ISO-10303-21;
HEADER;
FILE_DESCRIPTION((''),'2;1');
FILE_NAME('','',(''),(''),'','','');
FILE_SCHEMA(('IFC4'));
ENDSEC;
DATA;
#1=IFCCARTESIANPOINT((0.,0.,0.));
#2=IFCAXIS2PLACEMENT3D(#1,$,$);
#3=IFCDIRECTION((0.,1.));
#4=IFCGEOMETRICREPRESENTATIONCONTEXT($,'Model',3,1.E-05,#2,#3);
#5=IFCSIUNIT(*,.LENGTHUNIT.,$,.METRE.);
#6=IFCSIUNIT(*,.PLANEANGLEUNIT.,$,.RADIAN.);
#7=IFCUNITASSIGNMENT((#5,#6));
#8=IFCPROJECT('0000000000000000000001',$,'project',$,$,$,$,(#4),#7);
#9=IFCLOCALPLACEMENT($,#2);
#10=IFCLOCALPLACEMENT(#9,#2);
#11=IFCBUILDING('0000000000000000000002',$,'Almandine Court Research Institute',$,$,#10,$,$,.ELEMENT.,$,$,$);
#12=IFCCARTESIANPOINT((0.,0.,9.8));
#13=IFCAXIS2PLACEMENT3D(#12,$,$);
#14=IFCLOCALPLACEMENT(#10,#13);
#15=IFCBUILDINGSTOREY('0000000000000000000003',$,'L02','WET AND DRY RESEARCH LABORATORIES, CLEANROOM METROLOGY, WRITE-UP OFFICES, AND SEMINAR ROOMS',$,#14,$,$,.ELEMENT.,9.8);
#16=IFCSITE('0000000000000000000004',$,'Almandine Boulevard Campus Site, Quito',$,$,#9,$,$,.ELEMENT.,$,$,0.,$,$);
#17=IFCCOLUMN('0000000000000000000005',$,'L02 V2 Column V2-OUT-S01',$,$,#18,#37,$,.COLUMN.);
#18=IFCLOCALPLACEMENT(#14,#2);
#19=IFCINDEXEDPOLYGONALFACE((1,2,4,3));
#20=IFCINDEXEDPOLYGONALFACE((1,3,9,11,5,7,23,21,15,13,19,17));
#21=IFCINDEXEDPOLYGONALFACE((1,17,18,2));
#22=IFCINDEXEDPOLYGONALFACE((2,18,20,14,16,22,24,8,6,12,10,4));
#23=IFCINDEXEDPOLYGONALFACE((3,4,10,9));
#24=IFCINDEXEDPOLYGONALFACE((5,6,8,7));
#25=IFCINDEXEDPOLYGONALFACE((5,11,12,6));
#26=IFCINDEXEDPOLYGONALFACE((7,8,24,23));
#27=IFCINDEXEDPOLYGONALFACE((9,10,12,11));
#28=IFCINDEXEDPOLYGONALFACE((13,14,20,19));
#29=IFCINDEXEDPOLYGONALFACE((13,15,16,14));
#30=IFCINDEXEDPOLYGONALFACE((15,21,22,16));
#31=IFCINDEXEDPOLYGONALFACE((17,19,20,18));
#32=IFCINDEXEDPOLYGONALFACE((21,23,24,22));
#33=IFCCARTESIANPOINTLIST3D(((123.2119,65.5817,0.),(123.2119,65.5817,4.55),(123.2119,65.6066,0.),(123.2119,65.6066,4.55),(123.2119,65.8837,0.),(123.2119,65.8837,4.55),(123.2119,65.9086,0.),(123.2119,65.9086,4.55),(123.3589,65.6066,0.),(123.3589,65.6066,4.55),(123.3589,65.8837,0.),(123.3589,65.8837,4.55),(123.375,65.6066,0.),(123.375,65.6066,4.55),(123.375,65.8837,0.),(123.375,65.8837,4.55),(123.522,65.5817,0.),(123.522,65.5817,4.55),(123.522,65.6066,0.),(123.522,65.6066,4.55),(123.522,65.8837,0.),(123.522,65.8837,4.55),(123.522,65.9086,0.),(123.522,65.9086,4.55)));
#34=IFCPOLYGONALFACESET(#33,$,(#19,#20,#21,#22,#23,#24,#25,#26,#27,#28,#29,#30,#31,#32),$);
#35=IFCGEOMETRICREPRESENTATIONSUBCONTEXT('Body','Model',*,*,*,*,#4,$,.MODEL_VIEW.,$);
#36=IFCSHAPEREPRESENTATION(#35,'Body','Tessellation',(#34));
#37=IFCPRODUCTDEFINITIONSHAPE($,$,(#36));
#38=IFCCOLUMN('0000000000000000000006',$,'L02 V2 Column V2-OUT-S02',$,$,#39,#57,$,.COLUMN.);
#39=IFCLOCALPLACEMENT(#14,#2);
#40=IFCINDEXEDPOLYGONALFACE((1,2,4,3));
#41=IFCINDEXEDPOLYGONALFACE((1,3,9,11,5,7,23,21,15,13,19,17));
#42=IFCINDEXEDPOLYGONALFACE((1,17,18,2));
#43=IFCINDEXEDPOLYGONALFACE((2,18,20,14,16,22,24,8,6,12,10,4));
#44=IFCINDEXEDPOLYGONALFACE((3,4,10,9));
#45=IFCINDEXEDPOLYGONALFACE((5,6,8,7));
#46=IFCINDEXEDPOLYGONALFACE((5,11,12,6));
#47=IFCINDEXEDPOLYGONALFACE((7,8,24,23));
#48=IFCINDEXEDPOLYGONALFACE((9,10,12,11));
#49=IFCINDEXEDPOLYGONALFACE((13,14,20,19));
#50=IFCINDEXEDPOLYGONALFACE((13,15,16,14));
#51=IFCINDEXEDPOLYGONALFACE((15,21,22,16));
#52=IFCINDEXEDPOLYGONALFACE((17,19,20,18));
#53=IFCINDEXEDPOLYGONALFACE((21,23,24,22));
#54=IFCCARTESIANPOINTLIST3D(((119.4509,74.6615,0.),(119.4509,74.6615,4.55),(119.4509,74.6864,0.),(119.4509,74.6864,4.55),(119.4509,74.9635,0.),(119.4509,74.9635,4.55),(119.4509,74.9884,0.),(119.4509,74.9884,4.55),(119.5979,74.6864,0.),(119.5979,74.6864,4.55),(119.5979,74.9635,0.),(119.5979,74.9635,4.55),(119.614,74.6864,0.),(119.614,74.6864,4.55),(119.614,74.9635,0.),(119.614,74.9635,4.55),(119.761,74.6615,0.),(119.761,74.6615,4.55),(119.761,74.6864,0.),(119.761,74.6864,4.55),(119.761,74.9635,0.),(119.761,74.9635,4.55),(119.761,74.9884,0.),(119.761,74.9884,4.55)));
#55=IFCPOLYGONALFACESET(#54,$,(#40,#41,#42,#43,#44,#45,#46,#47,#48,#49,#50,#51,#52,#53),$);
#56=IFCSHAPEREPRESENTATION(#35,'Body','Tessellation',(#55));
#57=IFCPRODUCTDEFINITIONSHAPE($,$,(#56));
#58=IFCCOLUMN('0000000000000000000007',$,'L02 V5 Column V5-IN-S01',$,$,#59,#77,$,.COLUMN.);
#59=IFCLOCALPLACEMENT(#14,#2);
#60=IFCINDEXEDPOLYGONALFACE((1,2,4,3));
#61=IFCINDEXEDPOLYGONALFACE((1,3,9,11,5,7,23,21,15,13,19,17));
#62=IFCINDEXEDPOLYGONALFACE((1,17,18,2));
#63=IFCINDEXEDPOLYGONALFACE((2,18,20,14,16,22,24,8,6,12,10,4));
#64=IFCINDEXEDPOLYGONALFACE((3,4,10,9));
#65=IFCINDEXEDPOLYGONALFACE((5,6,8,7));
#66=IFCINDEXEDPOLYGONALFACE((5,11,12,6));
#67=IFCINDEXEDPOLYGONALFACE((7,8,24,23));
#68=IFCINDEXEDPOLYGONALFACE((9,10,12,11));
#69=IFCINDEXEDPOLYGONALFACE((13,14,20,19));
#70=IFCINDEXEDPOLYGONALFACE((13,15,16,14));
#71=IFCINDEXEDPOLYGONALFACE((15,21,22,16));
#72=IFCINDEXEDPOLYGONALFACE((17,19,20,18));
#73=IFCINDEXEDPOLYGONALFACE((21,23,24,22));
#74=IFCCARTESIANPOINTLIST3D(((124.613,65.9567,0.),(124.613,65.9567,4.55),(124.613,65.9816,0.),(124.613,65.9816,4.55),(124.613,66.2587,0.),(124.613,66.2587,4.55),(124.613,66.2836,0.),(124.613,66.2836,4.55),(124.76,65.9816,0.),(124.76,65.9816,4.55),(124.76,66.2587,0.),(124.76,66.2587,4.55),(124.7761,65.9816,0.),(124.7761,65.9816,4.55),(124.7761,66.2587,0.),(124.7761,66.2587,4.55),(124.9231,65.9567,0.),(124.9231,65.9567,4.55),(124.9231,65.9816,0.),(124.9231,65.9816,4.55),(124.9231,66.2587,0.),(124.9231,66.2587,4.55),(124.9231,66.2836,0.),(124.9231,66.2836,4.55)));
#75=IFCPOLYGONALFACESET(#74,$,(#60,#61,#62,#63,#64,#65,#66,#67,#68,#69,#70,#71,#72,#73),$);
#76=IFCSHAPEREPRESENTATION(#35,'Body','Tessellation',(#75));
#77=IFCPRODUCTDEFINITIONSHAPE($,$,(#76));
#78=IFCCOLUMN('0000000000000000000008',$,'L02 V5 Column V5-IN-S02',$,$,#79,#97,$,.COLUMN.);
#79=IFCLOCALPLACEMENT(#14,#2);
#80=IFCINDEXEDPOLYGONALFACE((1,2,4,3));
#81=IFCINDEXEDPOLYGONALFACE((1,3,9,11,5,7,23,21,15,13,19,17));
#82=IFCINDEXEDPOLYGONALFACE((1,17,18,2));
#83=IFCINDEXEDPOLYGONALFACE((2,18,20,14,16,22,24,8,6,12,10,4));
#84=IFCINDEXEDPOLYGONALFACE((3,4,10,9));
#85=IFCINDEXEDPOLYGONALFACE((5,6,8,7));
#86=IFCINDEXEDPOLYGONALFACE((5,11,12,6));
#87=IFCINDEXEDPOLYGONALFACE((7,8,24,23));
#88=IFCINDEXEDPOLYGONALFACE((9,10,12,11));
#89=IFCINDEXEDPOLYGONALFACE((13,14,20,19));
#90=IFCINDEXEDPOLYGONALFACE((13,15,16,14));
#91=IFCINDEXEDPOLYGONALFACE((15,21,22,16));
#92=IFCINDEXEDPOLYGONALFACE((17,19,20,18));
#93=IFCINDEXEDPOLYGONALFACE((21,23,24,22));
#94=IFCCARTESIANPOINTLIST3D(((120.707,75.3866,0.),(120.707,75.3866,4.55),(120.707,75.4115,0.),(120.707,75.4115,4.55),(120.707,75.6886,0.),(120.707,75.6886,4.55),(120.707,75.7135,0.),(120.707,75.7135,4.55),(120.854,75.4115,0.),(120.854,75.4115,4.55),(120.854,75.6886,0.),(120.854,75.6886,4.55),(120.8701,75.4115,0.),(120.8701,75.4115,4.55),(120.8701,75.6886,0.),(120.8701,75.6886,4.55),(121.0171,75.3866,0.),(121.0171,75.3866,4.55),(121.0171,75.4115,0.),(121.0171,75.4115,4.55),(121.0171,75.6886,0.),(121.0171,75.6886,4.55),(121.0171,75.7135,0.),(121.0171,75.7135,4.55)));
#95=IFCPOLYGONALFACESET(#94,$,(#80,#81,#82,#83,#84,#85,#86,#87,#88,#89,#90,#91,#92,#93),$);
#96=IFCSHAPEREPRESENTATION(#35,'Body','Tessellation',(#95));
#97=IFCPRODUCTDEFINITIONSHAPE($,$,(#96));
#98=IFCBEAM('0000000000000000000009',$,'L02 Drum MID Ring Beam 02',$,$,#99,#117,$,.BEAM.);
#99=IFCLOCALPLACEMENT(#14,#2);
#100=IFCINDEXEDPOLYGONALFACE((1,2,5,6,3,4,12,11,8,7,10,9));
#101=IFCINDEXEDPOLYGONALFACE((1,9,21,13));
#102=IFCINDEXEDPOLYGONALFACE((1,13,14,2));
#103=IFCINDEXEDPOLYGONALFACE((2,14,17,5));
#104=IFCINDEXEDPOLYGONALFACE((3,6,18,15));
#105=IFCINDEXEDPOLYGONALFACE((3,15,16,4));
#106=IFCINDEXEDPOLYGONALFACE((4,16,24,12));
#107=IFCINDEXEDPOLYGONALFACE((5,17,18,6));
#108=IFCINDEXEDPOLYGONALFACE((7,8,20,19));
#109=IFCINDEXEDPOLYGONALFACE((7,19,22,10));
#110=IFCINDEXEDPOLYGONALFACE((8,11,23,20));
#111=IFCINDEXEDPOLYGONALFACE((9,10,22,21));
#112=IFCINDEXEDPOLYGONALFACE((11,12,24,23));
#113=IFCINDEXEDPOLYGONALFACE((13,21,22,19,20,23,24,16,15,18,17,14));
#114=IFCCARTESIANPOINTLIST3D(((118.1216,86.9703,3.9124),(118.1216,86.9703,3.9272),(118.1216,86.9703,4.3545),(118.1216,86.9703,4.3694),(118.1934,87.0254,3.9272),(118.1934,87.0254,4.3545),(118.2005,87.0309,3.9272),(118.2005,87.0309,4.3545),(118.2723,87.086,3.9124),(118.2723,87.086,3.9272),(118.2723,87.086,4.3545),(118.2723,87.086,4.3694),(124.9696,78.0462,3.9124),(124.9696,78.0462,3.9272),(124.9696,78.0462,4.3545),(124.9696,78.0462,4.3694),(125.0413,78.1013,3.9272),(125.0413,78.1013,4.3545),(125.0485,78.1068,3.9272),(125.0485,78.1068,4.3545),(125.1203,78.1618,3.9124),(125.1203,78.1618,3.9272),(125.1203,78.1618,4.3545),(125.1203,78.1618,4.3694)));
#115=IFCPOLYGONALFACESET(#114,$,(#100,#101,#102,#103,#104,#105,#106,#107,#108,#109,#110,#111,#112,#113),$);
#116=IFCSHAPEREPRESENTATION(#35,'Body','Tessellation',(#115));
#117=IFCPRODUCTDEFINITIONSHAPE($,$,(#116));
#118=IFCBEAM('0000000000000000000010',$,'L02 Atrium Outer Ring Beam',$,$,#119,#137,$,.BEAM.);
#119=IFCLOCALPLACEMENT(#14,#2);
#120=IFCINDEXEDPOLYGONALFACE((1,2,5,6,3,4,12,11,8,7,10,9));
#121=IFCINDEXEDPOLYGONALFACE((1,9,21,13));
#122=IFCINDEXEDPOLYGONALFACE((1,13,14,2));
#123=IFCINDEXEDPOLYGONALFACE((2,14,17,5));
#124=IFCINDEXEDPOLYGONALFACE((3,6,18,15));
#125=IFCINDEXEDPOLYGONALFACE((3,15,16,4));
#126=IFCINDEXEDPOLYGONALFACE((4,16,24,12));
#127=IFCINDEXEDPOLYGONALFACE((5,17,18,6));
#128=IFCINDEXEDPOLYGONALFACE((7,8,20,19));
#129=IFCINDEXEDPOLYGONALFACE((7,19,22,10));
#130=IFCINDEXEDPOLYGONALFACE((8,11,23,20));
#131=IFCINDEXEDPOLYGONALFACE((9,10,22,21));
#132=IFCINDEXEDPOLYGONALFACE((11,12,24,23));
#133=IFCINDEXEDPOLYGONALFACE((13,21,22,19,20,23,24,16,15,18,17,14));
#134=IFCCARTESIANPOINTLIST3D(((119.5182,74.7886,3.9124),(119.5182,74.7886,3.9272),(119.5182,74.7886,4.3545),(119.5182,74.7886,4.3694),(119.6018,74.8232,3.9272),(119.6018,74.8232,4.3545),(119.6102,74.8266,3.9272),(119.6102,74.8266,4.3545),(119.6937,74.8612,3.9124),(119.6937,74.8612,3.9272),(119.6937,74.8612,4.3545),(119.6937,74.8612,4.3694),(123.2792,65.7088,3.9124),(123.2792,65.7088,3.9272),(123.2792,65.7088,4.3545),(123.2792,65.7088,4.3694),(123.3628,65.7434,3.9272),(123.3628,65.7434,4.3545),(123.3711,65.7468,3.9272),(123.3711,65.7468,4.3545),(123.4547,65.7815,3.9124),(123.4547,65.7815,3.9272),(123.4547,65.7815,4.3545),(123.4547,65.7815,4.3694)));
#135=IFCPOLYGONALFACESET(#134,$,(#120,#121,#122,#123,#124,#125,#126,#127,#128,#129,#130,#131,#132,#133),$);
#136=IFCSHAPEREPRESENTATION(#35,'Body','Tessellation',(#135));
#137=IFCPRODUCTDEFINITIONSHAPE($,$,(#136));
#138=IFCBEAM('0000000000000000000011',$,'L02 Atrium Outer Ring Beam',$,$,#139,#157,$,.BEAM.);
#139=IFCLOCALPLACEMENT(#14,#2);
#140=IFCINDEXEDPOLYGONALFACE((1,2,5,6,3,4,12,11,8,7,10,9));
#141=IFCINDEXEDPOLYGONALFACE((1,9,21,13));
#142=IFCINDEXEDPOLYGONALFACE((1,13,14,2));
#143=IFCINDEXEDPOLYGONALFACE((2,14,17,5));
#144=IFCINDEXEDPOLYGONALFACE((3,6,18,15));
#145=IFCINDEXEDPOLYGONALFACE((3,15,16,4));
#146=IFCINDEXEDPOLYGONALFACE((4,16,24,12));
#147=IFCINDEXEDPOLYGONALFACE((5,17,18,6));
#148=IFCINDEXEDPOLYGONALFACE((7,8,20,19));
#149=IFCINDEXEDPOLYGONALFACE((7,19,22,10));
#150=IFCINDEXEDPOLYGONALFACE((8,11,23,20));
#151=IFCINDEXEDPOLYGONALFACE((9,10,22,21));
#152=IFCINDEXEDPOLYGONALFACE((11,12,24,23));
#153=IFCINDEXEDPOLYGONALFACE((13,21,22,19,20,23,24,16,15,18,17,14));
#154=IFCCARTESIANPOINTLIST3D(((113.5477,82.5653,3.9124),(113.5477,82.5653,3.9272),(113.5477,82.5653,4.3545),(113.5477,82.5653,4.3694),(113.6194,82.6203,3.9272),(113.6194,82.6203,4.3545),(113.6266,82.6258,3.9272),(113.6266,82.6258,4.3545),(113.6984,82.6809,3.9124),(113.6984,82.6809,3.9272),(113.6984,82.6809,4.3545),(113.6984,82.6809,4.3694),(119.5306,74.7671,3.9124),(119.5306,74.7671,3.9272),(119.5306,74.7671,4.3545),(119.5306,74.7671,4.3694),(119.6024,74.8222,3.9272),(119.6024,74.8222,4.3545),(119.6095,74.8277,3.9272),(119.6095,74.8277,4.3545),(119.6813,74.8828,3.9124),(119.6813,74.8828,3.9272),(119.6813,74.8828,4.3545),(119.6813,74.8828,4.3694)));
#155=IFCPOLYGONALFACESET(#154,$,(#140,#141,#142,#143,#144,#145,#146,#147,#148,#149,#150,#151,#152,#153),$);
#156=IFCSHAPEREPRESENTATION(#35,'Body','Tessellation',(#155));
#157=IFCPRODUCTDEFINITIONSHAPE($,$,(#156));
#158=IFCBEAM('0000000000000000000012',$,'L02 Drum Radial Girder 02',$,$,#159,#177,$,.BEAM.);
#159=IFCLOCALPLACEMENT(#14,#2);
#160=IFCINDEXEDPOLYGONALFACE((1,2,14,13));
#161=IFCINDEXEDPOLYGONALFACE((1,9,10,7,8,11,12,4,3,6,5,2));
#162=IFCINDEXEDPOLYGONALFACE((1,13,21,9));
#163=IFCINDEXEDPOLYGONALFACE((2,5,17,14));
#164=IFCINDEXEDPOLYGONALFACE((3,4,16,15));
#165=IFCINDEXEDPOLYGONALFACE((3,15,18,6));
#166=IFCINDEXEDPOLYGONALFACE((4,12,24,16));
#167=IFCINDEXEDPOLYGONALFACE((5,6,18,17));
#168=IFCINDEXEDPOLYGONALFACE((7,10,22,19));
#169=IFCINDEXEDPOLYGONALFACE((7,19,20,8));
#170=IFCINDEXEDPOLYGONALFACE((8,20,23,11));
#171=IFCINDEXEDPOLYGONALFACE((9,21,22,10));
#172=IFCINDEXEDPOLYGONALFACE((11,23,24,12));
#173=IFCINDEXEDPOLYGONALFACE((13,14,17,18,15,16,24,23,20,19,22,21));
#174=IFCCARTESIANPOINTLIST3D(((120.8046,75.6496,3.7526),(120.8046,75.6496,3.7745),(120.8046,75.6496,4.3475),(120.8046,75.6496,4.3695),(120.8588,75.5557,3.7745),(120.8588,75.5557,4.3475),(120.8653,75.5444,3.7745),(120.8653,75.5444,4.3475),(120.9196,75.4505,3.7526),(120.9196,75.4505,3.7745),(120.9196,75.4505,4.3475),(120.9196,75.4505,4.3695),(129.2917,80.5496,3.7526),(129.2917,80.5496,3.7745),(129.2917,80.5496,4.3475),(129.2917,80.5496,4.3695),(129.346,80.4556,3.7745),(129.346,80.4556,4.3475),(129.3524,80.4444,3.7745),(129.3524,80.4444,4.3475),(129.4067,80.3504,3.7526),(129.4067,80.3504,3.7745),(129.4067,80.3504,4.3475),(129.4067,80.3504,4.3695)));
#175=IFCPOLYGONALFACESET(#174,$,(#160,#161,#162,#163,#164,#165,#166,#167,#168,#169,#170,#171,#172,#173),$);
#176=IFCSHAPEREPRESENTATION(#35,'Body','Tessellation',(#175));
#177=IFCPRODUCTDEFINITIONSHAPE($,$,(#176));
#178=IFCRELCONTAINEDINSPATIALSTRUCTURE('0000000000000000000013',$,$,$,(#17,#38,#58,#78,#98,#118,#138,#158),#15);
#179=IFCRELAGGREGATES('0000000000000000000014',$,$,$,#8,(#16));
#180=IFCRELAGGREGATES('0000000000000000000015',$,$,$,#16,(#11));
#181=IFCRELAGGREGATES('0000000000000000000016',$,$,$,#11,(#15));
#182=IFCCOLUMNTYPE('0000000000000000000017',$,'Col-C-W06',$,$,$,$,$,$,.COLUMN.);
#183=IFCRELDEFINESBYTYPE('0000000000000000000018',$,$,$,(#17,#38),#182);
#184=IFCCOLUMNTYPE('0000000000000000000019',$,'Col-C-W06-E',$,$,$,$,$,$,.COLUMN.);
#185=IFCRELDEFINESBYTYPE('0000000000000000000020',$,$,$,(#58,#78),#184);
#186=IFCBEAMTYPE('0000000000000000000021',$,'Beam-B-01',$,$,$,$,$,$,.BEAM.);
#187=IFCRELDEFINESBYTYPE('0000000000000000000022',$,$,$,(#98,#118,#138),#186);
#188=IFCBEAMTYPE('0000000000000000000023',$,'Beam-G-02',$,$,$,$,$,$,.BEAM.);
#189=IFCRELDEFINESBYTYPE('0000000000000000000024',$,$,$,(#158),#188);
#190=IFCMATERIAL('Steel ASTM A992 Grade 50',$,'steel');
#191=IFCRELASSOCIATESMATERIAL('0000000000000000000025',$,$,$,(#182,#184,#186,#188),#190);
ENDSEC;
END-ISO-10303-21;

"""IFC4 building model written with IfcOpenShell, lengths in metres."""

from ifc_helpers import new_model, si_unit, direction, frame, origin, origin_2d, place, context, subcontext, project, spatial, i_section, extrude, material, material_profile, profile_set, type_object, element, save


model = new_model("IFC4")

# Units and contexts
model_context = context("Model", 3, precision=1e-05, world=origin(), true_north=direction((0.0, 1.0)))
body_context = subcontext(model_context, "Body", "Model", "MODEL_VIEW")
ifc_project = project(units=[si_unit("LENGTHUNIT", "METRE"), si_unit("PLANEANGLEUNIT", "RADIAN")], contexts=[model_context])

# Site, building, storey
site_placement = place(None, origin())
site = spatial("IfcSite", under=ifc_project, at=site_placement, Name="Almandine Boulevard Campus Site, Quito", CompositionType="ELEMENT", RefElevation=0.0)
building_placement = place(site_placement, origin())
building = spatial("IfcBuilding", under=site, at=building_placement, Name="Almandine Court Research Institute", CompositionType="ELEMENT")
storey_placement = place(building_placement, frame((0.0, 0.0, 9.8)))
storey = spatial("IfcBuildingStorey", under=building, at=storey_placement, Name="L02", Description="WET AND DRY RESEARCH LABORATORIES, CLEANROOM METROLOGY, WRITE-UP OFFICES, AND SEMINAR ROOMS", CompositionType="ELEMENT", Elevation=9.8)

# Columns
ifc_material_1 = material(Name="Steel ASTM A992 Grade 50", Category="steel")
ifc_material_profile_1 = material_profile(ifc_material_1, i_section(OverallWidth=0.3101, OverallDepth=0.3269, WebThickness=0.0161, FlangeThickness=0.0249, at=origin_2d()), Name="W310x158")
ifc_profile_set_1 = profile_set([ifc_material_profile_1], Name="Steel ASTM A992 Grade 50")
column_type_1 = type_object("IfcColumnType", Name="Col-C-W06", PredefinedType="COLUMN", material=ifc_profile_set_1)
for number, where, z_axis, x_axis, name in (
    (1, (123.3669, 65.7451, 0.0), (0.0, 0.0, 1.0), (1.0, 0.0, 0.0), "L02 V2 Column V2-OUT-S01"),
    (2, (119.606, 74.825, 0.0), (0.0, 0.0, 1.0), (1.0, 0.0, 0.0), "L02 V2 Column V2-OUT-S02"),
):
    element("IfcColumn", number, at=place(storey_placement, frame(where, z_axis=z_axis, x_axis=x_axis)), inside=storey, type_object=column_type_1, Name=name, PredefinedType="COLUMN", context=body_context, shape_type="SweptSolid", body=[
        extrude(i_section(OverallWidth=0.3101, OverallDepth=0.3269, WebThickness=0.0161, FlangeThickness=0.0249, at=origin_2d()), origin(), (0.0, 0.0, 1.0), 4.55),
    ])
ifc_material_profile_2 = material_profile(ifc_material_1, i_section(OverallWidth=0.3101, OverallDepth=0.3269, WebThickness=0.0161, FlangeThickness=0.0249, at=origin_2d()), Name="W310x158")
ifc_profile_set_2 = profile_set([ifc_material_profile_2], Name="Steel ASTM A992 Grade 50")
column_type_2 = type_object("IfcColumnType", Name="Col-C-W06-E", PredefinedType="COLUMN", material=ifc_profile_set_2)
for number, where, z_axis, x_axis, name in (
    (3, (124.7681, 66.1201, 0.0), (0.0, 0.0, 1.0), (1.0, 0.0, 0.0), "L02 V5 Column V5-IN-S01"),
    (4, (120.8621, 75.55, 0.0), (0.0, 0.0, 1.0), (1.0, 0.0, 0.0), "L02 V5 Column V5-IN-S02"),
):
    element("IfcColumn", number, at=place(storey_placement, frame(where, z_axis=z_axis, x_axis=x_axis)), inside=storey, type_object=column_type_2, Name=name, PredefinedType="COLUMN", context=body_context, shape_type="SweptSolid", body=[
        extrude(i_section(OverallWidth=0.3101, OverallDepth=0.3269, WebThickness=0.0161, FlangeThickness=0.0249, at=origin_2d()), origin(), (0.0, 0.0, 1.0), 4.55),
    ])

# Beams
ifc_material_profile_3 = material_profile(ifc_material_1, i_section(OverallWidth=0.1899, OverallDepth=0.457, WebThickness=0.009, FlangeThickness=0.0149, at=origin_2d()), Name="W460x74")
ifc_profile_set_3 = profile_set([ifc_material_profile_3], Name="Steel ASTM A992 Grade 50")
beam_type_1 = type_object("IfcBeamType", Name="Beam-B-01", PredefinedType="BEAM", material=ifc_profile_set_3)
beam_1_placement = place(storey_placement, frame((125.0449, 78.104, 4.1409), z_axis=(-0.608774, 0.793344, 0.0), x_axis=(-0.793344, -0.608774, 0.0)))
element("IfcBeam", 5, at=beam_1_placement, inside=storey, type_object=beam_type_1, Name="L02 Drum MID Ring Beam 02", PredefinedType="BEAM", context=body_context, shape_type="SweptSolid", body=[
    extrude(i_section(OverallWidth=0.1899, OverallDepth=0.457, WebThickness=0.009, FlangeThickness=0.0149, at=origin_2d()), origin(), (0.0, 0.0, 1.0), 11.2488),
])
beam_2_placement = place(storey_placement, frame((123.3669, 65.7451, 4.1409), z_axis=(-0.382683, 0.92388, 0.0), x_axis=(-0.92388, -0.382683, 0.0)))
element("IfcBeam", 6, at=beam_2_placement, inside=storey, type_object=beam_type_1, Name="L02 Atrium Outer Ring Beam", PredefinedType="BEAM", context=body_context, shape_type="SweptSolid", body=[
    extrude(i_section(OverallWidth=0.1899, OverallDepth=0.457, WebThickness=0.009, FlangeThickness=0.0149, at=origin_2d()), origin(), (0.0, 0.0, 1.0), 9.8279),
])
beam_3_placement = place(storey_placement, frame((119.606, 74.825, 4.1409), z_axis=(-0.608712, 0.793392, 0.0), x_axis=(-0.793392, -0.608712, 0.0)))
element("IfcBeam", 7, at=beam_3_placement, inside=storey, type_object=beam_type_1, Name="L02 Atrium Outer Ring Beam", PredefinedType="BEAM", context=body_context, shape_type="SweptSolid", body=[
    extrude(i_section(OverallWidth=0.1899, OverallDepth=0.457, WebThickness=0.009, FlangeThickness=0.0149, at=origin_2d()), origin(), (0.0, 0.0, 1.0), 9.8289),
])
ifc_material_profile_4 = material_profile(ifc_material_1, i_section(OverallWidth=0.23, OverallDepth=0.6169, WebThickness=0.0129, FlangeThickness=0.022, at=origin_2d()), Name="W610x140")
ifc_profile_set_4 = profile_set([ifc_material_profile_4], Name="Steel ASTM A992 Grade 50")
beam_type_2 = type_object("IfcBeamType", Name="Beam-G-02", PredefinedType="BEAM", material=ifc_profile_set_4)
beam_4_placement = place(storey_placement, frame((120.8621, 75.55, 4.061), z_axis=(0.86603, 0.499992, 0.0), x_axis=(-0.499992, 0.86603, 0.0)))
element("IfcBeam", 8, at=beam_4_placement, inside=storey, type_object=beam_type_2, Name="L02 Drum Radial Girder 02", PredefinedType="BEAM", context=body_context, shape_type="SweptSolid", body=[
    extrude(i_section(OverallWidth=0.23, OverallDepth=0.6169, WebThickness=0.0129, FlangeThickness=0.022, at=origin_2d()), origin(), (0.0, 0.0, 1.0), 9.8),
])

save(model, "model.ifc")
